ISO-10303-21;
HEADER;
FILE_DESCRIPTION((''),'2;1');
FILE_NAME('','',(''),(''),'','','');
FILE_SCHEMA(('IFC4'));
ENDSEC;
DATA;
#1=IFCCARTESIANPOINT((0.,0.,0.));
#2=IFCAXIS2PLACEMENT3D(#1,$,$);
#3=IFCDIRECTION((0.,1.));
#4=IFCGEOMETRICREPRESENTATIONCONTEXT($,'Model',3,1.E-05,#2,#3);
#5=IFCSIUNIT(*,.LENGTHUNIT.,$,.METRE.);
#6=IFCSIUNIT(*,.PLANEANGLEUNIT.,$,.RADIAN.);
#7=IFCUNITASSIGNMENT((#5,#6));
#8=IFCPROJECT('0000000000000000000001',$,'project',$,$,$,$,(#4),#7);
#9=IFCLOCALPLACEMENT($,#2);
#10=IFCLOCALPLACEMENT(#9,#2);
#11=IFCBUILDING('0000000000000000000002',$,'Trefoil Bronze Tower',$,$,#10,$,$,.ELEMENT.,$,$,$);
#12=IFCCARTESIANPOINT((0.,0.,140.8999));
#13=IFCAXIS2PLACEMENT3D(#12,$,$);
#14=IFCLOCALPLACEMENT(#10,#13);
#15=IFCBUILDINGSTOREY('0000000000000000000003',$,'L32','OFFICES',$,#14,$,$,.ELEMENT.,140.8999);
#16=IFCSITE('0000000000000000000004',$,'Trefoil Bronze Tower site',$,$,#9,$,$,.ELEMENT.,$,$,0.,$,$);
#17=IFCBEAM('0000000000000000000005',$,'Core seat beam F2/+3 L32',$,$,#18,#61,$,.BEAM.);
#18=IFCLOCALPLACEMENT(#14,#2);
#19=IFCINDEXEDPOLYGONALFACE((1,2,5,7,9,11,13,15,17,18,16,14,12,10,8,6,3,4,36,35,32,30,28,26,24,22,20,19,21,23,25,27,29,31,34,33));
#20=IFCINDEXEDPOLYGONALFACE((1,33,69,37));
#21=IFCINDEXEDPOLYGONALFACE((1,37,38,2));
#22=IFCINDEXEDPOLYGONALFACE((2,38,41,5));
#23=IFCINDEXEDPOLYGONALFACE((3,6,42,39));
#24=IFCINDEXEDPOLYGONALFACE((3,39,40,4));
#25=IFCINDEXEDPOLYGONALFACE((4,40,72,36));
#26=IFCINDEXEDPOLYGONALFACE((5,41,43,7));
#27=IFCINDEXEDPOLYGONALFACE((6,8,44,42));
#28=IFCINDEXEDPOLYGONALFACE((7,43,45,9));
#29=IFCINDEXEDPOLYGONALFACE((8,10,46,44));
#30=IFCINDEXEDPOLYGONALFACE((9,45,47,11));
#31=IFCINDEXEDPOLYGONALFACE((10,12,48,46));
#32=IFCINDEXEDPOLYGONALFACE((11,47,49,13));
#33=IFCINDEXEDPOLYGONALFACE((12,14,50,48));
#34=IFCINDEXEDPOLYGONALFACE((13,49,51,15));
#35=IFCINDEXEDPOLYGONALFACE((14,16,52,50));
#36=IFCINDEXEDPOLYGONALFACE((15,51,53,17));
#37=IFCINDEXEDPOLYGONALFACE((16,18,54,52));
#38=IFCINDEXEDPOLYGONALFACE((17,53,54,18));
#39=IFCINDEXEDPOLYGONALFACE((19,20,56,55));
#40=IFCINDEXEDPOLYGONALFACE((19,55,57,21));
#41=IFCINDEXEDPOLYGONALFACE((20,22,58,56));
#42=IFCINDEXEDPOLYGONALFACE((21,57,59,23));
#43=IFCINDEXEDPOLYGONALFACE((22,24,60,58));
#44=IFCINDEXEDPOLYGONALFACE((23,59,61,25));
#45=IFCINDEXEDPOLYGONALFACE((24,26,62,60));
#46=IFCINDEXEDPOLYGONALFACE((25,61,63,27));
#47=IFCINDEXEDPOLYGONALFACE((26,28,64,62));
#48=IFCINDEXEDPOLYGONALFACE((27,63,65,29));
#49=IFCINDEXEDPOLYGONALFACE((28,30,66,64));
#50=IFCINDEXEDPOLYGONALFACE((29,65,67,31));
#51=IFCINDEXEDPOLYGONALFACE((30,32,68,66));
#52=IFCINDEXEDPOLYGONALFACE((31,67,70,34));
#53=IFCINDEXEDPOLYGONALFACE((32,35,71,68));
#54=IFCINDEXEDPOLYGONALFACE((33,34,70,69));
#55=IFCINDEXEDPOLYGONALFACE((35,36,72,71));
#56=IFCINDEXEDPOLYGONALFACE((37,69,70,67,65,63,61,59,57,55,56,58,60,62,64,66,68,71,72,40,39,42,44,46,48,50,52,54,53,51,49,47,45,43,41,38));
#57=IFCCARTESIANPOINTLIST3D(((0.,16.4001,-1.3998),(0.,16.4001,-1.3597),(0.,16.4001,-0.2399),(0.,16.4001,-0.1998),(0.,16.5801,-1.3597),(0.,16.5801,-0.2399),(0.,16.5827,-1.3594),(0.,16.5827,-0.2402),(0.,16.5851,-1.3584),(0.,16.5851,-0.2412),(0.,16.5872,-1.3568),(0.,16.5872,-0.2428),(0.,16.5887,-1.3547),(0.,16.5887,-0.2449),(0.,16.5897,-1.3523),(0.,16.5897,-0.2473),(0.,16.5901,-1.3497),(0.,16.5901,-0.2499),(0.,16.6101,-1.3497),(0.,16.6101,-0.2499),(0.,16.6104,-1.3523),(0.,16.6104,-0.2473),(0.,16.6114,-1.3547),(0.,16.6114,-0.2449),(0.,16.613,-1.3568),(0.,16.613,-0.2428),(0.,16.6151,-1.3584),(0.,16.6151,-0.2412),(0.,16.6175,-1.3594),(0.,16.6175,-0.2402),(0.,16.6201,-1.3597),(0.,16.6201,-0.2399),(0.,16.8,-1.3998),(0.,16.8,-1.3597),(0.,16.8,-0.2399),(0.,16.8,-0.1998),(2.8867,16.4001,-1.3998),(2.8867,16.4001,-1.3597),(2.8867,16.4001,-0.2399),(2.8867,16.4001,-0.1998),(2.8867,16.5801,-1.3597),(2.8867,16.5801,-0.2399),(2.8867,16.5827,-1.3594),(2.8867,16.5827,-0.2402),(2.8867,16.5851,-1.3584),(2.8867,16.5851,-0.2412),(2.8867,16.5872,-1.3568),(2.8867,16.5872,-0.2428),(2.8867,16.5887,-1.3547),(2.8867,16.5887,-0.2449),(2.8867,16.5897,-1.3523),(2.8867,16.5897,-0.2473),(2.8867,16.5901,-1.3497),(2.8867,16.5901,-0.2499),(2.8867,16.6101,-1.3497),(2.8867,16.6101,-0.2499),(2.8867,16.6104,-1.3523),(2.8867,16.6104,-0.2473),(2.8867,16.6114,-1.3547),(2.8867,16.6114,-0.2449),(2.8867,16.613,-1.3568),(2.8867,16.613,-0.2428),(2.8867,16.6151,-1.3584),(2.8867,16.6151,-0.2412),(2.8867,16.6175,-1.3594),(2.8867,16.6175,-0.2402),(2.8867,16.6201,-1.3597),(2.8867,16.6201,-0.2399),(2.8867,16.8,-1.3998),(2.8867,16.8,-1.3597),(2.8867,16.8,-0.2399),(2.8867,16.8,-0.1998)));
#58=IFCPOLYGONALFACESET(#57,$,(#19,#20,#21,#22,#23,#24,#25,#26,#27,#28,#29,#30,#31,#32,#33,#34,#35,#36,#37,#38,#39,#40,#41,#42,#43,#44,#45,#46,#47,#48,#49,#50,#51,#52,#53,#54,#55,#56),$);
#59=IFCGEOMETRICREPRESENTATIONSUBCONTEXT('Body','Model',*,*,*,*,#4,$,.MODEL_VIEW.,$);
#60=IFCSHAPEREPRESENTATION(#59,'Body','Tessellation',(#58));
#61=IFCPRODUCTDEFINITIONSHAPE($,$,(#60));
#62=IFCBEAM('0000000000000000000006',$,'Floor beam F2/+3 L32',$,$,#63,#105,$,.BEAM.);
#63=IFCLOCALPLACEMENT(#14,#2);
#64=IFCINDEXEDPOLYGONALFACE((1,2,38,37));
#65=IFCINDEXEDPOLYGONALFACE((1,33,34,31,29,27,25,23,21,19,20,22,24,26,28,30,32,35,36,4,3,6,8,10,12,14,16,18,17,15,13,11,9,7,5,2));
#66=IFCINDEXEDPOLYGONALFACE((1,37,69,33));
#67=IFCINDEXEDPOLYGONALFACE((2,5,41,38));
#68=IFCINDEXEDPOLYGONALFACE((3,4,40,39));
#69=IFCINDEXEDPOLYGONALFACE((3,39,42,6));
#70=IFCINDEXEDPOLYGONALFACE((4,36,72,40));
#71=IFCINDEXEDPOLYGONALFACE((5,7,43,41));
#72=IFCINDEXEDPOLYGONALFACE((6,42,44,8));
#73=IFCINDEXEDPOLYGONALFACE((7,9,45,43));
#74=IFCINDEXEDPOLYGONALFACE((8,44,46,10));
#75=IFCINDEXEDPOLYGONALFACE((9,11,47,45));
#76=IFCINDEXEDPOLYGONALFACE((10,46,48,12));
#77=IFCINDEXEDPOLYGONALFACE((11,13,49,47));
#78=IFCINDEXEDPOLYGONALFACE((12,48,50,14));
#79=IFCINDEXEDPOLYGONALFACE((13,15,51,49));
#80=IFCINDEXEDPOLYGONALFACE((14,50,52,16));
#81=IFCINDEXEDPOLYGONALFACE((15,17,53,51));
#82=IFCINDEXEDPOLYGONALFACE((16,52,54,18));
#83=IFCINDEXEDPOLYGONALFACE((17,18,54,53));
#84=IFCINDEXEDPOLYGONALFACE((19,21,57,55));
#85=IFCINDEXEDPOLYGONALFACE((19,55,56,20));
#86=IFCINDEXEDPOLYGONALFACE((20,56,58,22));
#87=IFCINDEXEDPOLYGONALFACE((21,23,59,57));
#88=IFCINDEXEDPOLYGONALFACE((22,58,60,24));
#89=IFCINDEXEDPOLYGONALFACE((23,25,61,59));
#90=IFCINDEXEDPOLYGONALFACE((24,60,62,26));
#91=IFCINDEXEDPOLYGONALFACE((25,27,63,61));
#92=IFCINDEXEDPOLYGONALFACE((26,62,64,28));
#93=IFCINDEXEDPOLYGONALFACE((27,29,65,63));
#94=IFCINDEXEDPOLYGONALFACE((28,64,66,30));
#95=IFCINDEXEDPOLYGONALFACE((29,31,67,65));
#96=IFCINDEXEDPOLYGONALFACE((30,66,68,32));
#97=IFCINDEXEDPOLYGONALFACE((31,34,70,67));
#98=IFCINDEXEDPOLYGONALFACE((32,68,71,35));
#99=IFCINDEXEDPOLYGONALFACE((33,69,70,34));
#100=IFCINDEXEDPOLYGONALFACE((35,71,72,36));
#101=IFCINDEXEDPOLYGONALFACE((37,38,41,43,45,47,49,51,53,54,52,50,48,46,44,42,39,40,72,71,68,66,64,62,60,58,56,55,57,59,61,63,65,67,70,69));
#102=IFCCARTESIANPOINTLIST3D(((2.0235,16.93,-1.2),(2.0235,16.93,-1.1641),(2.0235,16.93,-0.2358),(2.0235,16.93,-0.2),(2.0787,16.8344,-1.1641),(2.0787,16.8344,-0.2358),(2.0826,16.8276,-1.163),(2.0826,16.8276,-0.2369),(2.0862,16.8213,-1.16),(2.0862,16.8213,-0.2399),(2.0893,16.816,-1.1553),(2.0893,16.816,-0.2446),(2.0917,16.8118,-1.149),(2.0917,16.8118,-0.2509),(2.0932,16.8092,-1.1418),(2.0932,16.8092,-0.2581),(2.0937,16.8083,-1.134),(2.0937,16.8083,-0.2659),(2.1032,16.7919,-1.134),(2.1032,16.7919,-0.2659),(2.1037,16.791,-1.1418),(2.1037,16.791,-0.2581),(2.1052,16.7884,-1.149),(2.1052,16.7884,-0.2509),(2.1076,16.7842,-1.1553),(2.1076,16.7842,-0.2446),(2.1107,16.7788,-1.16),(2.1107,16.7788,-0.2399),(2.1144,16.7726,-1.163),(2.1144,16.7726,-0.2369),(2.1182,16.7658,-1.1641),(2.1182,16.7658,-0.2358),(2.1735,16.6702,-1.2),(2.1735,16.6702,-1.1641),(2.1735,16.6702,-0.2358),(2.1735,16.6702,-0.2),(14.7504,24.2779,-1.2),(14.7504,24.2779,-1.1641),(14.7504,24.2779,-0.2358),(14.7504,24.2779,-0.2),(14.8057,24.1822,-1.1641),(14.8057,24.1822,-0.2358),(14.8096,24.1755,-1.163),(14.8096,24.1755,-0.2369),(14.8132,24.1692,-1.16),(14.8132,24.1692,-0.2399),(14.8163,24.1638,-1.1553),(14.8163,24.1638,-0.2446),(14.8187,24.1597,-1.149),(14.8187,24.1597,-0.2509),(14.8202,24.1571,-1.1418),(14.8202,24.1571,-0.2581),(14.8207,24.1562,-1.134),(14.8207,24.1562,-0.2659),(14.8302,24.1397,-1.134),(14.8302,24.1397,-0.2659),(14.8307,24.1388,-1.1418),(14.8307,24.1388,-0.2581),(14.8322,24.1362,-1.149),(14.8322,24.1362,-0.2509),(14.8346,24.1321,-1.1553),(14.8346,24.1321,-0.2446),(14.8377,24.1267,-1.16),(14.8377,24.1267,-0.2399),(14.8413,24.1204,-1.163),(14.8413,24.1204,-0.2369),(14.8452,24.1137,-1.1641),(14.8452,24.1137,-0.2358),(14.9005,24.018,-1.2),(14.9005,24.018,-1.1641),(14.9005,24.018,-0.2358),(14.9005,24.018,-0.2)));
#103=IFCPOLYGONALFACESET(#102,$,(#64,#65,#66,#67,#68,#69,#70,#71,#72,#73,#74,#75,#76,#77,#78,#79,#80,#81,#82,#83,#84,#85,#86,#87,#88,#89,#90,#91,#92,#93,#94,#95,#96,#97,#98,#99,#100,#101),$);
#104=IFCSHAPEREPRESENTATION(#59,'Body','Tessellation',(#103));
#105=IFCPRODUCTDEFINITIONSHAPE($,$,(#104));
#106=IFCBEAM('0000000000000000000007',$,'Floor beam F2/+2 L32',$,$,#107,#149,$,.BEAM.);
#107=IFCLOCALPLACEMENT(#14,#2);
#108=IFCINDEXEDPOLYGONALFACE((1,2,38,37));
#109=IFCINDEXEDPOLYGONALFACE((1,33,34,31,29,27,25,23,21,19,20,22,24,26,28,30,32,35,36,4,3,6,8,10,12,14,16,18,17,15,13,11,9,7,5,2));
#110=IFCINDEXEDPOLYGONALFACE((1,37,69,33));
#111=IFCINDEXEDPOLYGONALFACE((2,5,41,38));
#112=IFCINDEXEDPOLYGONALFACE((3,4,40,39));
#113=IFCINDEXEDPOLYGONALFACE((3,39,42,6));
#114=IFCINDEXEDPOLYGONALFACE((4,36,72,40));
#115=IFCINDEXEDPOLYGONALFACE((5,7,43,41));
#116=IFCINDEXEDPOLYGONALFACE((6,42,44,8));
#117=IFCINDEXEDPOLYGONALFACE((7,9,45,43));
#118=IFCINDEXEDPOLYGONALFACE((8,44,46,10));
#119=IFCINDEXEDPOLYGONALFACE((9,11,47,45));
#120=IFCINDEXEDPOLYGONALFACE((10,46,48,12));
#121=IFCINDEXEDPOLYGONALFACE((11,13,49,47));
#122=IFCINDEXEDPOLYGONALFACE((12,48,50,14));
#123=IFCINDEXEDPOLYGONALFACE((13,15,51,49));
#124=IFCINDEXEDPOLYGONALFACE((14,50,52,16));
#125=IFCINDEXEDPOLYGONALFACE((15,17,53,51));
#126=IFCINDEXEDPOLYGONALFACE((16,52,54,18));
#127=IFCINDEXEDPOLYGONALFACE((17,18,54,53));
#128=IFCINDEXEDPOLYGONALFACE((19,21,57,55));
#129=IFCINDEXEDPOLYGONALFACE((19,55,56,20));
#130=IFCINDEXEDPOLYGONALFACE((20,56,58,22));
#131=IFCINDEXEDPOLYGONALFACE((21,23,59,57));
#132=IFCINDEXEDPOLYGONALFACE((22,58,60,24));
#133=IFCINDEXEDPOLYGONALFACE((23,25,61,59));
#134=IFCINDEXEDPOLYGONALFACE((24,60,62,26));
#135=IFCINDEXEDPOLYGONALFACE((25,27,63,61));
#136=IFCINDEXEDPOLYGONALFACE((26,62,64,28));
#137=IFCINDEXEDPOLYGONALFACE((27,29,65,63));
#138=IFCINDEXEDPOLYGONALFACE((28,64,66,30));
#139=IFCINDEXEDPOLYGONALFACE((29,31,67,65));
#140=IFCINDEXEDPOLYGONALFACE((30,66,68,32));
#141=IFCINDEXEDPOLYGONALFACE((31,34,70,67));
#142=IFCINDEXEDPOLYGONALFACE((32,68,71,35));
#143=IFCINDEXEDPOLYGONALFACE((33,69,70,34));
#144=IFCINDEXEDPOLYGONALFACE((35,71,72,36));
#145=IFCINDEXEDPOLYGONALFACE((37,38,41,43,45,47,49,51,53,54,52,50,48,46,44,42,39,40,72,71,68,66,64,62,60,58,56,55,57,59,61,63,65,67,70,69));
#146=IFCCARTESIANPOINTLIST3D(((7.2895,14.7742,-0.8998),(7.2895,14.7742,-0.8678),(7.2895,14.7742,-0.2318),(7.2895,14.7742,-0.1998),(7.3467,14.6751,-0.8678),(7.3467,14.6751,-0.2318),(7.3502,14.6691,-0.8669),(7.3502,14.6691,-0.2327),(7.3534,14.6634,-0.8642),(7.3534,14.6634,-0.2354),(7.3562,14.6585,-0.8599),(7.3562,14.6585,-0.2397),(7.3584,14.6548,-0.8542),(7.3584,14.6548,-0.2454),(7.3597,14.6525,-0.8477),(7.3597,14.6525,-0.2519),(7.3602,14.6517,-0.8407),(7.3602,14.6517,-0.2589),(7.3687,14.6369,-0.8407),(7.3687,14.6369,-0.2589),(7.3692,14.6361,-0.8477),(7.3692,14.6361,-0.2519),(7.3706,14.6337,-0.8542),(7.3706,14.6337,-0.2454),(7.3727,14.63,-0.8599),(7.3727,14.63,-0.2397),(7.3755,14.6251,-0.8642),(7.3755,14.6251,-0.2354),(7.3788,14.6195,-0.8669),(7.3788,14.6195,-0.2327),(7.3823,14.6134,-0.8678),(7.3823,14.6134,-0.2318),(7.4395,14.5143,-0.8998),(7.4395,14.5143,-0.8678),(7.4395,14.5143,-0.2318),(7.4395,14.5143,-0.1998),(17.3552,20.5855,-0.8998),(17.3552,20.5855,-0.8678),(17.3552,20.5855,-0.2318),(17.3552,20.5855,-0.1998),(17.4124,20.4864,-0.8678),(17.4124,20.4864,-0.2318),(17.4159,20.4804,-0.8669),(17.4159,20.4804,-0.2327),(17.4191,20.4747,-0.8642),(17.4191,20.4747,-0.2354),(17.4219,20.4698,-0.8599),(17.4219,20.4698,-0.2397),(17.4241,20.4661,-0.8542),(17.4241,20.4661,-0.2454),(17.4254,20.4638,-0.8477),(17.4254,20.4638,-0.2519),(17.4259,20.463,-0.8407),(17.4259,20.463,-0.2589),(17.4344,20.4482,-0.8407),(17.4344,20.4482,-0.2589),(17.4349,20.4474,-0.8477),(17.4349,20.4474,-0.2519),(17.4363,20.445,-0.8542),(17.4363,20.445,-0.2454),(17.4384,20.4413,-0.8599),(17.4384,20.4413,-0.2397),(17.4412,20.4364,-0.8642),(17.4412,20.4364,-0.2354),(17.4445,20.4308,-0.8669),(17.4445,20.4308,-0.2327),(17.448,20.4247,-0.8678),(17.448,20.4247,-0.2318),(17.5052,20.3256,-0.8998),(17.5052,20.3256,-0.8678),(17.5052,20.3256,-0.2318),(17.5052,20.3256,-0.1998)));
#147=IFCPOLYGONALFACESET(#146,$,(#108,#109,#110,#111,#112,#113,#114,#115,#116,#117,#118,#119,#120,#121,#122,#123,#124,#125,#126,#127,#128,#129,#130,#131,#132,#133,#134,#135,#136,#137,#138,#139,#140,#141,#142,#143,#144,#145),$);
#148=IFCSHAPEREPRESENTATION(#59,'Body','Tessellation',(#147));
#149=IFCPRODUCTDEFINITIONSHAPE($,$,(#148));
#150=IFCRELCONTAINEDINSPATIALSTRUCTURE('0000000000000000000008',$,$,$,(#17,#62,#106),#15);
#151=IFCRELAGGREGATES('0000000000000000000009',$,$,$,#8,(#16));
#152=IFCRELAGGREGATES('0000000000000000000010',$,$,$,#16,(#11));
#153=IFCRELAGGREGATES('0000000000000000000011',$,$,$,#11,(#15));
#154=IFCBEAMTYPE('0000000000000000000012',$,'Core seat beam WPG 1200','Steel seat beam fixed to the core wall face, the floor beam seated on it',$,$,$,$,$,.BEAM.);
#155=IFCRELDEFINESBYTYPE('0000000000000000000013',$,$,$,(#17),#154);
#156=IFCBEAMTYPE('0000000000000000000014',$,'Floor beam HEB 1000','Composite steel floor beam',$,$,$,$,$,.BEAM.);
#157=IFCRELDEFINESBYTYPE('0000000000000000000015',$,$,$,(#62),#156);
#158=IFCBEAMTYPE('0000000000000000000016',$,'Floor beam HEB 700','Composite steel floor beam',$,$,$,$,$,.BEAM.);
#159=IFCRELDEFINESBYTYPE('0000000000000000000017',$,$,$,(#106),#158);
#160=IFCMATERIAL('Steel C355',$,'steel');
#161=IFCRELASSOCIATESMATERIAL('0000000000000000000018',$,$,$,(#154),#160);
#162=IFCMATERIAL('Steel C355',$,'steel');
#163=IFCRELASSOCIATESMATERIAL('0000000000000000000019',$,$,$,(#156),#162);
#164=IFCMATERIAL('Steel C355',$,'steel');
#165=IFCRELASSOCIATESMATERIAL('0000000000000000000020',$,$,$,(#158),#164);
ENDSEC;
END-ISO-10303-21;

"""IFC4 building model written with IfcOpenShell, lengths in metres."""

from ifc_helpers import new_model, si_unit, direction, frame, origin, origin_2d, place, context, subcontext, project, spatial, i_section, extrude, material, material_profile, profile_set, type_object, element, save


model = new_model("IFC4")

# Units and contexts
model_context = context("Model", 3, precision=1e-05, world=origin(), true_north=direction((0.0, 1.0)))
body_context = subcontext(model_context, "Body", "Model", "MODEL_VIEW")
ifc_project = project(units=[si_unit("LENGTHUNIT", "METRE"), si_unit("PLANEANGLEUNIT", "RADIAN")], contexts=[model_context])

# Site, building, storey
site_placement = place(None, origin())
site = spatial("IfcSite", under=ifc_project, at=site_placement, Name="Trefoil Bronze Tower site", CompositionType="ELEMENT", RefElevation=0.0)
building_placement = place(site_placement, origin())
building = spatial("IfcBuilding", under=site, at=building_placement, Name="Trefoil Bronze Tower", CompositionType="ELEMENT")
storey_placement = place(building_placement, frame((0.0, 0.0, 140.8999)))
storey = spatial("IfcBuildingStorey", under=building, at=storey_placement, Name="L32", Description="OFFICES", CompositionType="ELEMENT", Elevation=140.8999)

# Beams
ifc_material_1 = material(Name="Steel C355", Category="steel")
ifc_material_profile_1 = material_profile(ifc_material_1, i_section(OverallWidth=0.3999, OverallDepth=1.2, WebThickness=0.02, FlangeThickness=0.04, FilletRadius=0.01, at=origin_2d()), Name="WPG 1200")
ifc_profile_set_1 = profile_set([ifc_material_profile_1], Name="Steel C355")
beam_type_1 = type_object("IfcBeamType", Name="Core seat beam WPG 1200", Description="Steel seat beam fixed to the core wall face, the floor beam seated on it", PredefinedType="BEAM", material=ifc_profile_set_1)
beam_1_placement = place(storey_placement, frame((2.8867, 16.6001, -0.7998), z_axis=(-1.0, 0.0, 0.0), x_axis=(0.0, -1.0, 0.0)))
element("IfcBeam", 1, at=beam_1_placement, inside=storey, type_object=beam_type_1, Name="Core seat beam F2/+3 L32", PredefinedType="BEAM", context=body_context, shape_type="SweptSolid", body=[
    extrude(i_section(OverallWidth=0.3999, OverallDepth=1.2, WebThickness=0.02, FlangeThickness=0.04, FilletRadius=0.01, at=origin_2d()), origin(), (0.0, 0.0, 1.0), 2.8867),
])
ifc_material_2 = material(Name="Steel C355", Category="steel")
ifc_material_profile_2 = material_profile(ifc_material_2, i_section(OverallWidth=0.3, OverallDepth=1.0, WebThickness=0.019, FlangeThickness=0.0359, FilletRadius=0.03, at=origin_2d()), Name="HEB 1000")
ifc_profile_set_2 = profile_set([ifc_material_profile_2], Name="Steel C355")
beam_type_2 = type_object("IfcBeamType", Name="Floor beam HEB 1000", Description="Composite steel floor beam", PredefinedType="BEAM", material=ifc_profile_set_2)
beam_2_placement = place(storey_placement, frame((14.8254, 24.1479, -0.7), z_axis=(-0.866027, -0.499997, 0.0), x_axis=(0.499997, -0.866027, 0.0)))
element("IfcBeam", 2, at=beam_2_placement, inside=storey, type_object=beam_type_2, Name="Floor beam F2/+3 L32", PredefinedType="BEAM", context=body_context, shape_type="SweptSolid", body=[
    extrude(i_section(OverallWidth=0.3, OverallDepth=1.0, WebThickness=0.019, FlangeThickness=0.0359, FilletRadius=0.03, at=origin_2d()), origin(), (0.0, 0.0, 1.0), 14.6958),
])
ifc_material_3 = material(Name="Steel C355", Category="steel")
ifc_material_profile_3 = material_profile(ifc_material_3, i_section(OverallWidth=0.3, OverallDepth=0.7, WebThickness=0.0171, FlangeThickness=0.032, FilletRadius=0.0271, at=origin_2d()), Name="HEB 700")
ifc_profile_set_3 = profile_set([ifc_material_profile_3], Name="Steel C355")
beam_type_3 = type_object("IfcBeamType", Name="Floor beam HEB 700", Description="Composite steel floor beam", PredefinedType="BEAM", material=ifc_profile_set_3)
beam_3_placement = place(storey_placement, frame((17.4302, 20.4556, -0.5498), z_axis=(-0.866031, -0.499991, 0.0), x_axis=(0.499991, -0.866031, 0.0)))
element("IfcBeam", 3, at=beam_3_placement, inside=storey, type_object=beam_type_3, Name="Floor beam F2/+2 L32", PredefinedType="BEAM", context=body_context, shape_type="SweptSolid", body=[
    extrude(i_section(OverallWidth=0.3, OverallDepth=0.7, WebThickness=0.0171, FlangeThickness=0.032, FilletRadius=0.0271, at=origin_2d()), origin(), (0.0, 0.0, 1.0), 11.6228),
])

save(model, "model.ifc")
